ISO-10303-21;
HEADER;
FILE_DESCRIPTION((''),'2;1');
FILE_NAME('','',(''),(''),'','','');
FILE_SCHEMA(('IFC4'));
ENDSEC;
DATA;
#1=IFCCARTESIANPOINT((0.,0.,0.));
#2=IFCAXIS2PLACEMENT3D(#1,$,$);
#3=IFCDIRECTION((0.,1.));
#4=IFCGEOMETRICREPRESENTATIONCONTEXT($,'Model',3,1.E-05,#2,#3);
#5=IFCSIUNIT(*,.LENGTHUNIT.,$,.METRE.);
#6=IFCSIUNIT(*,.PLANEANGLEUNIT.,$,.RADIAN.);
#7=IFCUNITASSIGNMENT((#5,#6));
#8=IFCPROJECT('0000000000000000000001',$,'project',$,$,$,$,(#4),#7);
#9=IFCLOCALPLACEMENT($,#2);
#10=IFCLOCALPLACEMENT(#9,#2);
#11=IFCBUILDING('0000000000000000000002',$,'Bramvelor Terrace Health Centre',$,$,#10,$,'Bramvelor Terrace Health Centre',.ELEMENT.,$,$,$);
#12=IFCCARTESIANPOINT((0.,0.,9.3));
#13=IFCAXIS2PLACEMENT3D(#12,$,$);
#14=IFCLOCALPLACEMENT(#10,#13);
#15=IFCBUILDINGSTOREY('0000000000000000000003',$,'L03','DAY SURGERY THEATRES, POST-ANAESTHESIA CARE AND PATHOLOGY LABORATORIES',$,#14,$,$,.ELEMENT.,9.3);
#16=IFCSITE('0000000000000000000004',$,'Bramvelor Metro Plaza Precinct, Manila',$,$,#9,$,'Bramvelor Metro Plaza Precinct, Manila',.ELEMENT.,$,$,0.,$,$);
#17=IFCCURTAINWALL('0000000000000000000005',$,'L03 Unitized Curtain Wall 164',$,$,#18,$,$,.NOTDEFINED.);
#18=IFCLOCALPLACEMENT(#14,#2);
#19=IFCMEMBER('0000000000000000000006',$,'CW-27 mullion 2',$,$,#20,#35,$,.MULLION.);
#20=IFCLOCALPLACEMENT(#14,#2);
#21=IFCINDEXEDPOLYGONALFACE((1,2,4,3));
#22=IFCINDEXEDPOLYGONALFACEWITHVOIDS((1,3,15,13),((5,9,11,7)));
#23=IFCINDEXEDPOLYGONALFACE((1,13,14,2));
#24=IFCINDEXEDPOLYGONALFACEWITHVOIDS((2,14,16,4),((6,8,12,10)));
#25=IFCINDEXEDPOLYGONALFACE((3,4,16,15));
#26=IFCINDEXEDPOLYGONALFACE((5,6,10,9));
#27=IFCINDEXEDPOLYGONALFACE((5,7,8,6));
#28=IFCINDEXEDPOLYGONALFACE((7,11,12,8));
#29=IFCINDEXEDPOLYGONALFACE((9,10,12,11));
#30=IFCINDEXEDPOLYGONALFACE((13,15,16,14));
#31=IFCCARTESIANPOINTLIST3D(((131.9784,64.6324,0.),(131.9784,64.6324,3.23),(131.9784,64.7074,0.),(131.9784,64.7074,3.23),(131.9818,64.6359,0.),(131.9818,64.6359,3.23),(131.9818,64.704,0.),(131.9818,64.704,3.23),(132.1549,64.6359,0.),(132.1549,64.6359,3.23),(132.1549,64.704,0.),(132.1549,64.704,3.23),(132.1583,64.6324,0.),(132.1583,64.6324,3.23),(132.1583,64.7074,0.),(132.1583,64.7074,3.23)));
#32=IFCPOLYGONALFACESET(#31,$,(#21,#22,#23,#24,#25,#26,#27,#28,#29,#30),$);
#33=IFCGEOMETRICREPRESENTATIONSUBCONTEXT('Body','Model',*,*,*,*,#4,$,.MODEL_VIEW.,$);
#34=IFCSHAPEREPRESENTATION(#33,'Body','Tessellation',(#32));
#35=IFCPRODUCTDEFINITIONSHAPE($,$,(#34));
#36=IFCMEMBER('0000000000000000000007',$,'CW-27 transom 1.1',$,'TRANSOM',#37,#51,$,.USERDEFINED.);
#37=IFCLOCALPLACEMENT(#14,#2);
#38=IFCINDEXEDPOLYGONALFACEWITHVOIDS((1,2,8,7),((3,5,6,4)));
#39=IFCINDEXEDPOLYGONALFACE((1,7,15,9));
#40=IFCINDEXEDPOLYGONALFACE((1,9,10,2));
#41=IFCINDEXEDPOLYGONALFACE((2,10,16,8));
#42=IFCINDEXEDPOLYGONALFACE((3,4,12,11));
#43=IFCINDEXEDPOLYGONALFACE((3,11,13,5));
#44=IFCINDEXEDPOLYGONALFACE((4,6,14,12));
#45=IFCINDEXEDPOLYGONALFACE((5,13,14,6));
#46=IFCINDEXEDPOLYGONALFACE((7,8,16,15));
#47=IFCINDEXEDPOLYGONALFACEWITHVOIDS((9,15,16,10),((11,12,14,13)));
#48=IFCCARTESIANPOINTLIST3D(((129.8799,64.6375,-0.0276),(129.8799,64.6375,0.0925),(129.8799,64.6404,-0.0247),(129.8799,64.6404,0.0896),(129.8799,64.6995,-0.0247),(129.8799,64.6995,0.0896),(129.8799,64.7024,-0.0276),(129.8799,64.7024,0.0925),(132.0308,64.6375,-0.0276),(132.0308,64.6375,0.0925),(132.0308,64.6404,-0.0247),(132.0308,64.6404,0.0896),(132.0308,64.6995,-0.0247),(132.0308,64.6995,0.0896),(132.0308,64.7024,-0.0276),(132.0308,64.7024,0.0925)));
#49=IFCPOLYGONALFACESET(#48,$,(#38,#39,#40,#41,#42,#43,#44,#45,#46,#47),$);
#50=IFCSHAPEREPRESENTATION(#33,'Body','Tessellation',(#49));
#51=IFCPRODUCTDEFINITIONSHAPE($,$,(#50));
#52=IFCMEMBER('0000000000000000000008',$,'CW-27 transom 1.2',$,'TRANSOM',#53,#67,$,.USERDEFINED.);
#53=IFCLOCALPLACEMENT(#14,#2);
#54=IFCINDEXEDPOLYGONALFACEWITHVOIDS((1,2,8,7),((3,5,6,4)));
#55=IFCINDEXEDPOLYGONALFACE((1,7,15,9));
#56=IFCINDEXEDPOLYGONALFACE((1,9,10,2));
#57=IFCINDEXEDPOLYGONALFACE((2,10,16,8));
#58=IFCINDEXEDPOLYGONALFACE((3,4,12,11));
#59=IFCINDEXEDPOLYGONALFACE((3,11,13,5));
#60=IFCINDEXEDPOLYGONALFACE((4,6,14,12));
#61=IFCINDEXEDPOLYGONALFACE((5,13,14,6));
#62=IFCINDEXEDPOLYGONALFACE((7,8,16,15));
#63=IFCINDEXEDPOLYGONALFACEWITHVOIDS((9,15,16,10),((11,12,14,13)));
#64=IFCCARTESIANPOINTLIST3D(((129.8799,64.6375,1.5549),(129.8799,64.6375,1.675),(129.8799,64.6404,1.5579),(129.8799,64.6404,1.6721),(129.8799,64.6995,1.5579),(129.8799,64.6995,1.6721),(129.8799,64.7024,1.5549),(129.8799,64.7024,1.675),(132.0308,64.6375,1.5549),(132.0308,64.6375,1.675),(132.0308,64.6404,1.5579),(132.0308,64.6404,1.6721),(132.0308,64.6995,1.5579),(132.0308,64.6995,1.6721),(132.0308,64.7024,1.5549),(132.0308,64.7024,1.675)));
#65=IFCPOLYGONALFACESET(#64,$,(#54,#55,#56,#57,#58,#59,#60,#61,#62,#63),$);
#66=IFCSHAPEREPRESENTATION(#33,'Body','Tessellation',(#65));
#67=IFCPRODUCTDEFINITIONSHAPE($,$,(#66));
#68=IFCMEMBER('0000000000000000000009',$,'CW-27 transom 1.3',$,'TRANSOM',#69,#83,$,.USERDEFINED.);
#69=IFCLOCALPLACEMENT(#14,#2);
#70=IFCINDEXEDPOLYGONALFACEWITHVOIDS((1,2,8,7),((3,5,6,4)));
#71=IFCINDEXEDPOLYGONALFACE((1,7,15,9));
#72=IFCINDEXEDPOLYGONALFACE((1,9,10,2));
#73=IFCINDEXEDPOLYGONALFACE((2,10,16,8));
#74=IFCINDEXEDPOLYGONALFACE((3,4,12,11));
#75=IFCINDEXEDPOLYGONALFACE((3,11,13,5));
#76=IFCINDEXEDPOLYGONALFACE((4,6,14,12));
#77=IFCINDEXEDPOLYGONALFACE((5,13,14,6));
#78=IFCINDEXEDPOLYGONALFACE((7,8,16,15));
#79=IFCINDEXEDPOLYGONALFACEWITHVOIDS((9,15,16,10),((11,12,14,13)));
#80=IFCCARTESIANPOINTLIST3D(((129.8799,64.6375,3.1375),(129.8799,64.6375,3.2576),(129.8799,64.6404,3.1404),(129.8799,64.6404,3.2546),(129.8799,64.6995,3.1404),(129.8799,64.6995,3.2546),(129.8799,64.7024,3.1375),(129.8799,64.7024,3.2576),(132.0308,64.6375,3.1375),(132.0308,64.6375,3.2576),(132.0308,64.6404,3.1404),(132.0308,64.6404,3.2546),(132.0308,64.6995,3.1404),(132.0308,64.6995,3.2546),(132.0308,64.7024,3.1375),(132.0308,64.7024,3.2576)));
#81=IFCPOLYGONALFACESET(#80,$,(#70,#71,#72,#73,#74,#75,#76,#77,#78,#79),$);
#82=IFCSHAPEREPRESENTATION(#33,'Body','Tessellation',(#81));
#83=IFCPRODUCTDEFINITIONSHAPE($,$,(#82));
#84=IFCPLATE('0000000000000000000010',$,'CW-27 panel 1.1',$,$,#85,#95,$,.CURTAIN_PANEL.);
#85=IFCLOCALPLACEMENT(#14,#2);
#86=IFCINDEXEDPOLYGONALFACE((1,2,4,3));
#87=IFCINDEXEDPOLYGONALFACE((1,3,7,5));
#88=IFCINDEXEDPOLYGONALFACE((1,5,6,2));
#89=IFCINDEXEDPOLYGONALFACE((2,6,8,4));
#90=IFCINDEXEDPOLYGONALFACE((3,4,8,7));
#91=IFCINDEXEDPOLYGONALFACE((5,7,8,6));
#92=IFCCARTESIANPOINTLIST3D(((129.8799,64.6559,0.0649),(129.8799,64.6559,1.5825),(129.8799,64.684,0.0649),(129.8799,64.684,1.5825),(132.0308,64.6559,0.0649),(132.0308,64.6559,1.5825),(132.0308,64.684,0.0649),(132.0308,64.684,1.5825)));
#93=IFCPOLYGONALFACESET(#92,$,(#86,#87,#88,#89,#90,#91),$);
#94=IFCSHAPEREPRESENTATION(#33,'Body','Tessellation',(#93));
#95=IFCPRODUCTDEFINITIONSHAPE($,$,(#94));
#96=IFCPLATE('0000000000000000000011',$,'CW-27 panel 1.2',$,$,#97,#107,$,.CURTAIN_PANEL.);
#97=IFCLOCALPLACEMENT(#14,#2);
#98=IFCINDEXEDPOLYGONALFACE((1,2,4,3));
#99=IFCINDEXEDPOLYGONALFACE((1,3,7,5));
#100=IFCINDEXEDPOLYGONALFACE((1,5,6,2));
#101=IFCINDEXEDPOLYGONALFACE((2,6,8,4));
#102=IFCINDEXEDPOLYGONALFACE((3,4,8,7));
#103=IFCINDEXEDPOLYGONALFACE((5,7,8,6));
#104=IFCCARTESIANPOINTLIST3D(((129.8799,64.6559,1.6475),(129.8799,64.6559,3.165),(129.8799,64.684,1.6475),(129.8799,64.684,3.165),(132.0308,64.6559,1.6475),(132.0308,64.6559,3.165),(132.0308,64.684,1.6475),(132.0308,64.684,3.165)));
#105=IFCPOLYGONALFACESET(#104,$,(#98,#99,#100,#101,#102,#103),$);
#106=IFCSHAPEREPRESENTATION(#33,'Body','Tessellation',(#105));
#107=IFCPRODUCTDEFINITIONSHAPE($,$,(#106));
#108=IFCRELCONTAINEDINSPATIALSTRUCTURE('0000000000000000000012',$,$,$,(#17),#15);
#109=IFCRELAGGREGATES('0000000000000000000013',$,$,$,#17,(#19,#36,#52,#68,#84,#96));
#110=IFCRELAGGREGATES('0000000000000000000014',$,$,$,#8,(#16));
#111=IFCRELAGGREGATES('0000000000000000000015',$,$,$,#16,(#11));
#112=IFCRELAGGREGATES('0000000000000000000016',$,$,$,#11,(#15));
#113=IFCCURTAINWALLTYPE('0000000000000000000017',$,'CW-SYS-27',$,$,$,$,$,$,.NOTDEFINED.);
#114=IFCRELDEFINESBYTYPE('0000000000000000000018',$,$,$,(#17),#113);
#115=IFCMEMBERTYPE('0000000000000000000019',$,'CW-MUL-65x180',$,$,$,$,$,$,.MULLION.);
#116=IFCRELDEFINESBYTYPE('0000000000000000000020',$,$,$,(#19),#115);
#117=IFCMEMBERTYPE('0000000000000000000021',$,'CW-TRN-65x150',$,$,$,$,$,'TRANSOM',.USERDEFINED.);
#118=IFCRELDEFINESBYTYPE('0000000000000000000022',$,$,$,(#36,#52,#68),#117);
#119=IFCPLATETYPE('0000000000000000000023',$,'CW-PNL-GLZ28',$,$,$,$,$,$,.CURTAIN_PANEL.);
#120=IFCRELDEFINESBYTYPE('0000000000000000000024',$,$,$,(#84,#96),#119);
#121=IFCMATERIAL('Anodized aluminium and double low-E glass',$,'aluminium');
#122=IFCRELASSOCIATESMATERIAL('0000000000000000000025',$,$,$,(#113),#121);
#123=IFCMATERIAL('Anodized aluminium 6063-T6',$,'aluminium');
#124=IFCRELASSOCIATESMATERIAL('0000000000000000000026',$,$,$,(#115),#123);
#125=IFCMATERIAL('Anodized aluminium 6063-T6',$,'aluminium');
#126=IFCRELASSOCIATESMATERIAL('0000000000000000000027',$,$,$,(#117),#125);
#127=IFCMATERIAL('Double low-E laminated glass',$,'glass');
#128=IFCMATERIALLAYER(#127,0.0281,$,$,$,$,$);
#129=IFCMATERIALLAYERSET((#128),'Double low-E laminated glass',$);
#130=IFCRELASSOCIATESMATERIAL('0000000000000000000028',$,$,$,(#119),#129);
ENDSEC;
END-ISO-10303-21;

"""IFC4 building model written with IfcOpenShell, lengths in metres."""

from ifc_helpers import new_model, si_unit, direction, frame, origin, origin_2d, place, context, subcontext, project, spatial, rectangle, hollow_rectangle, extrude, material, layer, layer_set, material_profile, profile_set, type_object, element, aggregate, save


model = new_model("IFC4")

# Units and contexts
model_context = context("Model", 3, precision=1e-05, world=origin(), true_north=direction((0.0, 1.0)))
body_context = subcontext(model_context, "Body", "Model", "MODEL_VIEW")
ifc_project = project(units=[si_unit("LENGTHUNIT", "METRE"), si_unit("PLANEANGLEUNIT", "RADIAN")], contexts=[model_context])

# Site, building, storey
site_placement = place(None, origin())
site = spatial("IfcSite", under=ifc_project, at=site_placement, Name="Bramvelor Metro Plaza Precinct, Manila", LongName="Bramvelor Metro Plaza Precinct, Manila", CompositionType="ELEMENT", RefElevation=0.0)
building_placement = place(site_placement, origin())
building = spatial("IfcBuilding", under=site, at=building_placement, Name="Bramvelor Terrace Health Centre", LongName="Bramvelor Terrace Health Centre", CompositionType="ELEMENT")
storey_placement = place(building_placement, frame((0.0, 0.0, 9.3)))
storey = spatial("IfcBuildingStorey", under=building, at=storey_placement, Name="L03", Description="DAY SURGERY THEATRES, POST-ANAESTHESIA CARE AND PATHOLOGY LABORATORIES", CompositionType="ELEMENT", Elevation=9.3)

# Curtain wall, members, plates
ifc_material_1 = material(Name="Anodized aluminium and double low-E glass", Category="aluminium")
curtain_wall_type = type_object("IfcCurtainWallType", Name="CW-SYS-27", PredefinedType="NOTDEFINED", material=ifc_material_1)
curtain_wall_placement = place(storey_placement, origin())
curtain_wall = element("IfcCurtainWall", 1, at=curtain_wall_placement, inside=storey, type_object=curtain_wall_type, Name="L03 Unitized Curtain Wall 164", PredefinedType="NOTDEFINED")
ifc_material_2 = material(Name="Anodized aluminium 6063-T6", Category="aluminium")
ifc_material_profile_1 = material_profile(ifc_material_2, hollow_rectangle(XDim=0.075, YDim=0.1799, WallThickness=0.0034, at=origin_2d()), Name="ALU-MUL 75x180x3.5")
ifc_profile_set_1 = profile_set([ifc_material_profile_1], Name="Anodized aluminium 6063-T6")
member_type_1 = type_object("IfcMemberType", Name="CW-MUL-65x180", PredefinedType="MULLION", material=ifc_profile_set_1)
member_1_placement = place(storey_placement, frame((132.0684, 64.6699, 0.0), z_axis=(0.0, 0.0, 1.0), x_axis=(0.0, 1.0, 0.0)))
member_1 = element("IfcMember", 2, at=member_1_placement, type_object=member_type_1, Name="CW-27 mullion 2", PredefinedType="MULLION", context=body_context, shape_type="SweptSolid", body=[
    extrude(hollow_rectangle(XDim=0.075, YDim=0.1799, WallThickness=0.0034, at=origin_2d()), origin(), (0.0, 0.0, 1.0), 3.23),
])
ifc_material_3 = material(Name="Anodized aluminium 6063-T6", Category="aluminium")
ifc_material_profile_2 = material_profile(ifc_material_3, hollow_rectangle(XDim=0.0649, YDim=0.1201, WallThickness=0.0029, at=origin_2d()), Name="ALU-TRN 65x120x3.0")
ifc_profile_set_2 = profile_set([ifc_material_profile_2], Name="Anodized aluminium 6063-T6")
member_type_2 = type_object("IfcMemberType", Name="CW-TRN-65x150", ElementType="TRANSOM", PredefinedType="USERDEFINED", material=ifc_profile_set_2)
member_2_placement = place(storey_placement, frame((129.8799, 64.6699, 0.0325), z_axis=(1.0, 0.0, 0.0), x_axis=(0.0, 1.0, 0.0)))
member_2 = element("IfcMember", 3, at=member_2_placement, type_object=member_type_2, Name="CW-27 transom 1.1", ObjectType="TRANSOM", PredefinedType="USERDEFINED", context=body_context, shape_type="SweptSolid", body=[
    extrude(hollow_rectangle(XDim=0.0649, YDim=0.1201, WallThickness=0.0029, at=origin_2d()), origin(), (0.0, 0.0, 1.0), 2.1509),
])
member_3_placement = place(storey_placement, frame((129.8799, 64.6699, 1.615), z_axis=(1.0, 0.0, 0.0), x_axis=(0.0, 1.0, 0.0)))
member_3 = element("IfcMember", 4, at=member_3_placement, type_object=member_type_2, Name="CW-27 transom 1.2", ObjectType="TRANSOM", PredefinedType="USERDEFINED", context=body_context, shape_type="SweptSolid", body=[
    extrude(hollow_rectangle(XDim=0.0649, YDim=0.1201, WallThickness=0.0029, at=origin_2d()), origin(), (0.0, 0.0, 1.0), 2.1509),
])
member_4_placement = place(storey_placement, frame((129.8799, 64.6699, 3.1975), z_axis=(1.0, 0.0, 0.0), x_axis=(0.0, 1.0, 0.0)))
member_4 = element("IfcMember", 5, at=member_4_placement, type_object=member_type_2, Name="CW-27 transom 1.3", ObjectType="TRANSOM", PredefinedType="USERDEFINED", context=body_context, shape_type="SweptSolid", body=[
    extrude(hollow_rectangle(XDim=0.0649, YDim=0.1201, WallThickness=0.0029, at=origin_2d()), origin(), (0.0, 0.0, 1.0), 2.1509),
])
ifc_material_4 = material(Name="Double low-E laminated glass", Category="glass")
ifc_layer = layer(ifc_material_4, 0.0281)
ifc_layer_set = layer_set([ifc_layer], Name="Double low-E laminated glass")
plate_type = type_object("IfcPlateType", Name="CW-PNL-GLZ28", PredefinedType="CURTAIN_PANEL", material=ifc_layer_set)
plate_1_placement = place(storey_placement, frame((130.9553, 64.6699, 0.0649), z_axis=(0.0, 0.0, 1.0), x_axis=(1.0, 0.0, 0.0)))
plate_1 = element("IfcPlate", 6, at=plate_1_placement, type_object=plate_type, Name="CW-27 panel 1.1", PredefinedType="CURTAIN_PANEL", context=body_context, shape_type="SweptSolid", body=[
    extrude(rectangle(XDim=2.1509, YDim=0.0281, at=origin_2d()), origin(), (0.0, 0.0, 1.0), 1.5176),
])
plate_2_placement = place(storey_placement, frame((130.9553, 64.6699, 1.6475), z_axis=(0.0, 0.0, 1.0), x_axis=(1.0, 0.0, 0.0)))
plate_2 = element("IfcPlate", 7, at=plate_2_placement, type_object=plate_type, Name="CW-27 panel 1.2", PredefinedType="CURTAIN_PANEL", context=body_context, shape_type="SweptSolid", body=[
    extrude(rectangle(XDim=2.1509, YDim=0.0281, at=origin_2d()), origin(), (0.0, 0.0, 1.0), 1.5176),
])
aggregate(curtain_wall, [member_1, member_2, member_3, member_4, plate_1, plate_2])

save(model, "model.ifc")
